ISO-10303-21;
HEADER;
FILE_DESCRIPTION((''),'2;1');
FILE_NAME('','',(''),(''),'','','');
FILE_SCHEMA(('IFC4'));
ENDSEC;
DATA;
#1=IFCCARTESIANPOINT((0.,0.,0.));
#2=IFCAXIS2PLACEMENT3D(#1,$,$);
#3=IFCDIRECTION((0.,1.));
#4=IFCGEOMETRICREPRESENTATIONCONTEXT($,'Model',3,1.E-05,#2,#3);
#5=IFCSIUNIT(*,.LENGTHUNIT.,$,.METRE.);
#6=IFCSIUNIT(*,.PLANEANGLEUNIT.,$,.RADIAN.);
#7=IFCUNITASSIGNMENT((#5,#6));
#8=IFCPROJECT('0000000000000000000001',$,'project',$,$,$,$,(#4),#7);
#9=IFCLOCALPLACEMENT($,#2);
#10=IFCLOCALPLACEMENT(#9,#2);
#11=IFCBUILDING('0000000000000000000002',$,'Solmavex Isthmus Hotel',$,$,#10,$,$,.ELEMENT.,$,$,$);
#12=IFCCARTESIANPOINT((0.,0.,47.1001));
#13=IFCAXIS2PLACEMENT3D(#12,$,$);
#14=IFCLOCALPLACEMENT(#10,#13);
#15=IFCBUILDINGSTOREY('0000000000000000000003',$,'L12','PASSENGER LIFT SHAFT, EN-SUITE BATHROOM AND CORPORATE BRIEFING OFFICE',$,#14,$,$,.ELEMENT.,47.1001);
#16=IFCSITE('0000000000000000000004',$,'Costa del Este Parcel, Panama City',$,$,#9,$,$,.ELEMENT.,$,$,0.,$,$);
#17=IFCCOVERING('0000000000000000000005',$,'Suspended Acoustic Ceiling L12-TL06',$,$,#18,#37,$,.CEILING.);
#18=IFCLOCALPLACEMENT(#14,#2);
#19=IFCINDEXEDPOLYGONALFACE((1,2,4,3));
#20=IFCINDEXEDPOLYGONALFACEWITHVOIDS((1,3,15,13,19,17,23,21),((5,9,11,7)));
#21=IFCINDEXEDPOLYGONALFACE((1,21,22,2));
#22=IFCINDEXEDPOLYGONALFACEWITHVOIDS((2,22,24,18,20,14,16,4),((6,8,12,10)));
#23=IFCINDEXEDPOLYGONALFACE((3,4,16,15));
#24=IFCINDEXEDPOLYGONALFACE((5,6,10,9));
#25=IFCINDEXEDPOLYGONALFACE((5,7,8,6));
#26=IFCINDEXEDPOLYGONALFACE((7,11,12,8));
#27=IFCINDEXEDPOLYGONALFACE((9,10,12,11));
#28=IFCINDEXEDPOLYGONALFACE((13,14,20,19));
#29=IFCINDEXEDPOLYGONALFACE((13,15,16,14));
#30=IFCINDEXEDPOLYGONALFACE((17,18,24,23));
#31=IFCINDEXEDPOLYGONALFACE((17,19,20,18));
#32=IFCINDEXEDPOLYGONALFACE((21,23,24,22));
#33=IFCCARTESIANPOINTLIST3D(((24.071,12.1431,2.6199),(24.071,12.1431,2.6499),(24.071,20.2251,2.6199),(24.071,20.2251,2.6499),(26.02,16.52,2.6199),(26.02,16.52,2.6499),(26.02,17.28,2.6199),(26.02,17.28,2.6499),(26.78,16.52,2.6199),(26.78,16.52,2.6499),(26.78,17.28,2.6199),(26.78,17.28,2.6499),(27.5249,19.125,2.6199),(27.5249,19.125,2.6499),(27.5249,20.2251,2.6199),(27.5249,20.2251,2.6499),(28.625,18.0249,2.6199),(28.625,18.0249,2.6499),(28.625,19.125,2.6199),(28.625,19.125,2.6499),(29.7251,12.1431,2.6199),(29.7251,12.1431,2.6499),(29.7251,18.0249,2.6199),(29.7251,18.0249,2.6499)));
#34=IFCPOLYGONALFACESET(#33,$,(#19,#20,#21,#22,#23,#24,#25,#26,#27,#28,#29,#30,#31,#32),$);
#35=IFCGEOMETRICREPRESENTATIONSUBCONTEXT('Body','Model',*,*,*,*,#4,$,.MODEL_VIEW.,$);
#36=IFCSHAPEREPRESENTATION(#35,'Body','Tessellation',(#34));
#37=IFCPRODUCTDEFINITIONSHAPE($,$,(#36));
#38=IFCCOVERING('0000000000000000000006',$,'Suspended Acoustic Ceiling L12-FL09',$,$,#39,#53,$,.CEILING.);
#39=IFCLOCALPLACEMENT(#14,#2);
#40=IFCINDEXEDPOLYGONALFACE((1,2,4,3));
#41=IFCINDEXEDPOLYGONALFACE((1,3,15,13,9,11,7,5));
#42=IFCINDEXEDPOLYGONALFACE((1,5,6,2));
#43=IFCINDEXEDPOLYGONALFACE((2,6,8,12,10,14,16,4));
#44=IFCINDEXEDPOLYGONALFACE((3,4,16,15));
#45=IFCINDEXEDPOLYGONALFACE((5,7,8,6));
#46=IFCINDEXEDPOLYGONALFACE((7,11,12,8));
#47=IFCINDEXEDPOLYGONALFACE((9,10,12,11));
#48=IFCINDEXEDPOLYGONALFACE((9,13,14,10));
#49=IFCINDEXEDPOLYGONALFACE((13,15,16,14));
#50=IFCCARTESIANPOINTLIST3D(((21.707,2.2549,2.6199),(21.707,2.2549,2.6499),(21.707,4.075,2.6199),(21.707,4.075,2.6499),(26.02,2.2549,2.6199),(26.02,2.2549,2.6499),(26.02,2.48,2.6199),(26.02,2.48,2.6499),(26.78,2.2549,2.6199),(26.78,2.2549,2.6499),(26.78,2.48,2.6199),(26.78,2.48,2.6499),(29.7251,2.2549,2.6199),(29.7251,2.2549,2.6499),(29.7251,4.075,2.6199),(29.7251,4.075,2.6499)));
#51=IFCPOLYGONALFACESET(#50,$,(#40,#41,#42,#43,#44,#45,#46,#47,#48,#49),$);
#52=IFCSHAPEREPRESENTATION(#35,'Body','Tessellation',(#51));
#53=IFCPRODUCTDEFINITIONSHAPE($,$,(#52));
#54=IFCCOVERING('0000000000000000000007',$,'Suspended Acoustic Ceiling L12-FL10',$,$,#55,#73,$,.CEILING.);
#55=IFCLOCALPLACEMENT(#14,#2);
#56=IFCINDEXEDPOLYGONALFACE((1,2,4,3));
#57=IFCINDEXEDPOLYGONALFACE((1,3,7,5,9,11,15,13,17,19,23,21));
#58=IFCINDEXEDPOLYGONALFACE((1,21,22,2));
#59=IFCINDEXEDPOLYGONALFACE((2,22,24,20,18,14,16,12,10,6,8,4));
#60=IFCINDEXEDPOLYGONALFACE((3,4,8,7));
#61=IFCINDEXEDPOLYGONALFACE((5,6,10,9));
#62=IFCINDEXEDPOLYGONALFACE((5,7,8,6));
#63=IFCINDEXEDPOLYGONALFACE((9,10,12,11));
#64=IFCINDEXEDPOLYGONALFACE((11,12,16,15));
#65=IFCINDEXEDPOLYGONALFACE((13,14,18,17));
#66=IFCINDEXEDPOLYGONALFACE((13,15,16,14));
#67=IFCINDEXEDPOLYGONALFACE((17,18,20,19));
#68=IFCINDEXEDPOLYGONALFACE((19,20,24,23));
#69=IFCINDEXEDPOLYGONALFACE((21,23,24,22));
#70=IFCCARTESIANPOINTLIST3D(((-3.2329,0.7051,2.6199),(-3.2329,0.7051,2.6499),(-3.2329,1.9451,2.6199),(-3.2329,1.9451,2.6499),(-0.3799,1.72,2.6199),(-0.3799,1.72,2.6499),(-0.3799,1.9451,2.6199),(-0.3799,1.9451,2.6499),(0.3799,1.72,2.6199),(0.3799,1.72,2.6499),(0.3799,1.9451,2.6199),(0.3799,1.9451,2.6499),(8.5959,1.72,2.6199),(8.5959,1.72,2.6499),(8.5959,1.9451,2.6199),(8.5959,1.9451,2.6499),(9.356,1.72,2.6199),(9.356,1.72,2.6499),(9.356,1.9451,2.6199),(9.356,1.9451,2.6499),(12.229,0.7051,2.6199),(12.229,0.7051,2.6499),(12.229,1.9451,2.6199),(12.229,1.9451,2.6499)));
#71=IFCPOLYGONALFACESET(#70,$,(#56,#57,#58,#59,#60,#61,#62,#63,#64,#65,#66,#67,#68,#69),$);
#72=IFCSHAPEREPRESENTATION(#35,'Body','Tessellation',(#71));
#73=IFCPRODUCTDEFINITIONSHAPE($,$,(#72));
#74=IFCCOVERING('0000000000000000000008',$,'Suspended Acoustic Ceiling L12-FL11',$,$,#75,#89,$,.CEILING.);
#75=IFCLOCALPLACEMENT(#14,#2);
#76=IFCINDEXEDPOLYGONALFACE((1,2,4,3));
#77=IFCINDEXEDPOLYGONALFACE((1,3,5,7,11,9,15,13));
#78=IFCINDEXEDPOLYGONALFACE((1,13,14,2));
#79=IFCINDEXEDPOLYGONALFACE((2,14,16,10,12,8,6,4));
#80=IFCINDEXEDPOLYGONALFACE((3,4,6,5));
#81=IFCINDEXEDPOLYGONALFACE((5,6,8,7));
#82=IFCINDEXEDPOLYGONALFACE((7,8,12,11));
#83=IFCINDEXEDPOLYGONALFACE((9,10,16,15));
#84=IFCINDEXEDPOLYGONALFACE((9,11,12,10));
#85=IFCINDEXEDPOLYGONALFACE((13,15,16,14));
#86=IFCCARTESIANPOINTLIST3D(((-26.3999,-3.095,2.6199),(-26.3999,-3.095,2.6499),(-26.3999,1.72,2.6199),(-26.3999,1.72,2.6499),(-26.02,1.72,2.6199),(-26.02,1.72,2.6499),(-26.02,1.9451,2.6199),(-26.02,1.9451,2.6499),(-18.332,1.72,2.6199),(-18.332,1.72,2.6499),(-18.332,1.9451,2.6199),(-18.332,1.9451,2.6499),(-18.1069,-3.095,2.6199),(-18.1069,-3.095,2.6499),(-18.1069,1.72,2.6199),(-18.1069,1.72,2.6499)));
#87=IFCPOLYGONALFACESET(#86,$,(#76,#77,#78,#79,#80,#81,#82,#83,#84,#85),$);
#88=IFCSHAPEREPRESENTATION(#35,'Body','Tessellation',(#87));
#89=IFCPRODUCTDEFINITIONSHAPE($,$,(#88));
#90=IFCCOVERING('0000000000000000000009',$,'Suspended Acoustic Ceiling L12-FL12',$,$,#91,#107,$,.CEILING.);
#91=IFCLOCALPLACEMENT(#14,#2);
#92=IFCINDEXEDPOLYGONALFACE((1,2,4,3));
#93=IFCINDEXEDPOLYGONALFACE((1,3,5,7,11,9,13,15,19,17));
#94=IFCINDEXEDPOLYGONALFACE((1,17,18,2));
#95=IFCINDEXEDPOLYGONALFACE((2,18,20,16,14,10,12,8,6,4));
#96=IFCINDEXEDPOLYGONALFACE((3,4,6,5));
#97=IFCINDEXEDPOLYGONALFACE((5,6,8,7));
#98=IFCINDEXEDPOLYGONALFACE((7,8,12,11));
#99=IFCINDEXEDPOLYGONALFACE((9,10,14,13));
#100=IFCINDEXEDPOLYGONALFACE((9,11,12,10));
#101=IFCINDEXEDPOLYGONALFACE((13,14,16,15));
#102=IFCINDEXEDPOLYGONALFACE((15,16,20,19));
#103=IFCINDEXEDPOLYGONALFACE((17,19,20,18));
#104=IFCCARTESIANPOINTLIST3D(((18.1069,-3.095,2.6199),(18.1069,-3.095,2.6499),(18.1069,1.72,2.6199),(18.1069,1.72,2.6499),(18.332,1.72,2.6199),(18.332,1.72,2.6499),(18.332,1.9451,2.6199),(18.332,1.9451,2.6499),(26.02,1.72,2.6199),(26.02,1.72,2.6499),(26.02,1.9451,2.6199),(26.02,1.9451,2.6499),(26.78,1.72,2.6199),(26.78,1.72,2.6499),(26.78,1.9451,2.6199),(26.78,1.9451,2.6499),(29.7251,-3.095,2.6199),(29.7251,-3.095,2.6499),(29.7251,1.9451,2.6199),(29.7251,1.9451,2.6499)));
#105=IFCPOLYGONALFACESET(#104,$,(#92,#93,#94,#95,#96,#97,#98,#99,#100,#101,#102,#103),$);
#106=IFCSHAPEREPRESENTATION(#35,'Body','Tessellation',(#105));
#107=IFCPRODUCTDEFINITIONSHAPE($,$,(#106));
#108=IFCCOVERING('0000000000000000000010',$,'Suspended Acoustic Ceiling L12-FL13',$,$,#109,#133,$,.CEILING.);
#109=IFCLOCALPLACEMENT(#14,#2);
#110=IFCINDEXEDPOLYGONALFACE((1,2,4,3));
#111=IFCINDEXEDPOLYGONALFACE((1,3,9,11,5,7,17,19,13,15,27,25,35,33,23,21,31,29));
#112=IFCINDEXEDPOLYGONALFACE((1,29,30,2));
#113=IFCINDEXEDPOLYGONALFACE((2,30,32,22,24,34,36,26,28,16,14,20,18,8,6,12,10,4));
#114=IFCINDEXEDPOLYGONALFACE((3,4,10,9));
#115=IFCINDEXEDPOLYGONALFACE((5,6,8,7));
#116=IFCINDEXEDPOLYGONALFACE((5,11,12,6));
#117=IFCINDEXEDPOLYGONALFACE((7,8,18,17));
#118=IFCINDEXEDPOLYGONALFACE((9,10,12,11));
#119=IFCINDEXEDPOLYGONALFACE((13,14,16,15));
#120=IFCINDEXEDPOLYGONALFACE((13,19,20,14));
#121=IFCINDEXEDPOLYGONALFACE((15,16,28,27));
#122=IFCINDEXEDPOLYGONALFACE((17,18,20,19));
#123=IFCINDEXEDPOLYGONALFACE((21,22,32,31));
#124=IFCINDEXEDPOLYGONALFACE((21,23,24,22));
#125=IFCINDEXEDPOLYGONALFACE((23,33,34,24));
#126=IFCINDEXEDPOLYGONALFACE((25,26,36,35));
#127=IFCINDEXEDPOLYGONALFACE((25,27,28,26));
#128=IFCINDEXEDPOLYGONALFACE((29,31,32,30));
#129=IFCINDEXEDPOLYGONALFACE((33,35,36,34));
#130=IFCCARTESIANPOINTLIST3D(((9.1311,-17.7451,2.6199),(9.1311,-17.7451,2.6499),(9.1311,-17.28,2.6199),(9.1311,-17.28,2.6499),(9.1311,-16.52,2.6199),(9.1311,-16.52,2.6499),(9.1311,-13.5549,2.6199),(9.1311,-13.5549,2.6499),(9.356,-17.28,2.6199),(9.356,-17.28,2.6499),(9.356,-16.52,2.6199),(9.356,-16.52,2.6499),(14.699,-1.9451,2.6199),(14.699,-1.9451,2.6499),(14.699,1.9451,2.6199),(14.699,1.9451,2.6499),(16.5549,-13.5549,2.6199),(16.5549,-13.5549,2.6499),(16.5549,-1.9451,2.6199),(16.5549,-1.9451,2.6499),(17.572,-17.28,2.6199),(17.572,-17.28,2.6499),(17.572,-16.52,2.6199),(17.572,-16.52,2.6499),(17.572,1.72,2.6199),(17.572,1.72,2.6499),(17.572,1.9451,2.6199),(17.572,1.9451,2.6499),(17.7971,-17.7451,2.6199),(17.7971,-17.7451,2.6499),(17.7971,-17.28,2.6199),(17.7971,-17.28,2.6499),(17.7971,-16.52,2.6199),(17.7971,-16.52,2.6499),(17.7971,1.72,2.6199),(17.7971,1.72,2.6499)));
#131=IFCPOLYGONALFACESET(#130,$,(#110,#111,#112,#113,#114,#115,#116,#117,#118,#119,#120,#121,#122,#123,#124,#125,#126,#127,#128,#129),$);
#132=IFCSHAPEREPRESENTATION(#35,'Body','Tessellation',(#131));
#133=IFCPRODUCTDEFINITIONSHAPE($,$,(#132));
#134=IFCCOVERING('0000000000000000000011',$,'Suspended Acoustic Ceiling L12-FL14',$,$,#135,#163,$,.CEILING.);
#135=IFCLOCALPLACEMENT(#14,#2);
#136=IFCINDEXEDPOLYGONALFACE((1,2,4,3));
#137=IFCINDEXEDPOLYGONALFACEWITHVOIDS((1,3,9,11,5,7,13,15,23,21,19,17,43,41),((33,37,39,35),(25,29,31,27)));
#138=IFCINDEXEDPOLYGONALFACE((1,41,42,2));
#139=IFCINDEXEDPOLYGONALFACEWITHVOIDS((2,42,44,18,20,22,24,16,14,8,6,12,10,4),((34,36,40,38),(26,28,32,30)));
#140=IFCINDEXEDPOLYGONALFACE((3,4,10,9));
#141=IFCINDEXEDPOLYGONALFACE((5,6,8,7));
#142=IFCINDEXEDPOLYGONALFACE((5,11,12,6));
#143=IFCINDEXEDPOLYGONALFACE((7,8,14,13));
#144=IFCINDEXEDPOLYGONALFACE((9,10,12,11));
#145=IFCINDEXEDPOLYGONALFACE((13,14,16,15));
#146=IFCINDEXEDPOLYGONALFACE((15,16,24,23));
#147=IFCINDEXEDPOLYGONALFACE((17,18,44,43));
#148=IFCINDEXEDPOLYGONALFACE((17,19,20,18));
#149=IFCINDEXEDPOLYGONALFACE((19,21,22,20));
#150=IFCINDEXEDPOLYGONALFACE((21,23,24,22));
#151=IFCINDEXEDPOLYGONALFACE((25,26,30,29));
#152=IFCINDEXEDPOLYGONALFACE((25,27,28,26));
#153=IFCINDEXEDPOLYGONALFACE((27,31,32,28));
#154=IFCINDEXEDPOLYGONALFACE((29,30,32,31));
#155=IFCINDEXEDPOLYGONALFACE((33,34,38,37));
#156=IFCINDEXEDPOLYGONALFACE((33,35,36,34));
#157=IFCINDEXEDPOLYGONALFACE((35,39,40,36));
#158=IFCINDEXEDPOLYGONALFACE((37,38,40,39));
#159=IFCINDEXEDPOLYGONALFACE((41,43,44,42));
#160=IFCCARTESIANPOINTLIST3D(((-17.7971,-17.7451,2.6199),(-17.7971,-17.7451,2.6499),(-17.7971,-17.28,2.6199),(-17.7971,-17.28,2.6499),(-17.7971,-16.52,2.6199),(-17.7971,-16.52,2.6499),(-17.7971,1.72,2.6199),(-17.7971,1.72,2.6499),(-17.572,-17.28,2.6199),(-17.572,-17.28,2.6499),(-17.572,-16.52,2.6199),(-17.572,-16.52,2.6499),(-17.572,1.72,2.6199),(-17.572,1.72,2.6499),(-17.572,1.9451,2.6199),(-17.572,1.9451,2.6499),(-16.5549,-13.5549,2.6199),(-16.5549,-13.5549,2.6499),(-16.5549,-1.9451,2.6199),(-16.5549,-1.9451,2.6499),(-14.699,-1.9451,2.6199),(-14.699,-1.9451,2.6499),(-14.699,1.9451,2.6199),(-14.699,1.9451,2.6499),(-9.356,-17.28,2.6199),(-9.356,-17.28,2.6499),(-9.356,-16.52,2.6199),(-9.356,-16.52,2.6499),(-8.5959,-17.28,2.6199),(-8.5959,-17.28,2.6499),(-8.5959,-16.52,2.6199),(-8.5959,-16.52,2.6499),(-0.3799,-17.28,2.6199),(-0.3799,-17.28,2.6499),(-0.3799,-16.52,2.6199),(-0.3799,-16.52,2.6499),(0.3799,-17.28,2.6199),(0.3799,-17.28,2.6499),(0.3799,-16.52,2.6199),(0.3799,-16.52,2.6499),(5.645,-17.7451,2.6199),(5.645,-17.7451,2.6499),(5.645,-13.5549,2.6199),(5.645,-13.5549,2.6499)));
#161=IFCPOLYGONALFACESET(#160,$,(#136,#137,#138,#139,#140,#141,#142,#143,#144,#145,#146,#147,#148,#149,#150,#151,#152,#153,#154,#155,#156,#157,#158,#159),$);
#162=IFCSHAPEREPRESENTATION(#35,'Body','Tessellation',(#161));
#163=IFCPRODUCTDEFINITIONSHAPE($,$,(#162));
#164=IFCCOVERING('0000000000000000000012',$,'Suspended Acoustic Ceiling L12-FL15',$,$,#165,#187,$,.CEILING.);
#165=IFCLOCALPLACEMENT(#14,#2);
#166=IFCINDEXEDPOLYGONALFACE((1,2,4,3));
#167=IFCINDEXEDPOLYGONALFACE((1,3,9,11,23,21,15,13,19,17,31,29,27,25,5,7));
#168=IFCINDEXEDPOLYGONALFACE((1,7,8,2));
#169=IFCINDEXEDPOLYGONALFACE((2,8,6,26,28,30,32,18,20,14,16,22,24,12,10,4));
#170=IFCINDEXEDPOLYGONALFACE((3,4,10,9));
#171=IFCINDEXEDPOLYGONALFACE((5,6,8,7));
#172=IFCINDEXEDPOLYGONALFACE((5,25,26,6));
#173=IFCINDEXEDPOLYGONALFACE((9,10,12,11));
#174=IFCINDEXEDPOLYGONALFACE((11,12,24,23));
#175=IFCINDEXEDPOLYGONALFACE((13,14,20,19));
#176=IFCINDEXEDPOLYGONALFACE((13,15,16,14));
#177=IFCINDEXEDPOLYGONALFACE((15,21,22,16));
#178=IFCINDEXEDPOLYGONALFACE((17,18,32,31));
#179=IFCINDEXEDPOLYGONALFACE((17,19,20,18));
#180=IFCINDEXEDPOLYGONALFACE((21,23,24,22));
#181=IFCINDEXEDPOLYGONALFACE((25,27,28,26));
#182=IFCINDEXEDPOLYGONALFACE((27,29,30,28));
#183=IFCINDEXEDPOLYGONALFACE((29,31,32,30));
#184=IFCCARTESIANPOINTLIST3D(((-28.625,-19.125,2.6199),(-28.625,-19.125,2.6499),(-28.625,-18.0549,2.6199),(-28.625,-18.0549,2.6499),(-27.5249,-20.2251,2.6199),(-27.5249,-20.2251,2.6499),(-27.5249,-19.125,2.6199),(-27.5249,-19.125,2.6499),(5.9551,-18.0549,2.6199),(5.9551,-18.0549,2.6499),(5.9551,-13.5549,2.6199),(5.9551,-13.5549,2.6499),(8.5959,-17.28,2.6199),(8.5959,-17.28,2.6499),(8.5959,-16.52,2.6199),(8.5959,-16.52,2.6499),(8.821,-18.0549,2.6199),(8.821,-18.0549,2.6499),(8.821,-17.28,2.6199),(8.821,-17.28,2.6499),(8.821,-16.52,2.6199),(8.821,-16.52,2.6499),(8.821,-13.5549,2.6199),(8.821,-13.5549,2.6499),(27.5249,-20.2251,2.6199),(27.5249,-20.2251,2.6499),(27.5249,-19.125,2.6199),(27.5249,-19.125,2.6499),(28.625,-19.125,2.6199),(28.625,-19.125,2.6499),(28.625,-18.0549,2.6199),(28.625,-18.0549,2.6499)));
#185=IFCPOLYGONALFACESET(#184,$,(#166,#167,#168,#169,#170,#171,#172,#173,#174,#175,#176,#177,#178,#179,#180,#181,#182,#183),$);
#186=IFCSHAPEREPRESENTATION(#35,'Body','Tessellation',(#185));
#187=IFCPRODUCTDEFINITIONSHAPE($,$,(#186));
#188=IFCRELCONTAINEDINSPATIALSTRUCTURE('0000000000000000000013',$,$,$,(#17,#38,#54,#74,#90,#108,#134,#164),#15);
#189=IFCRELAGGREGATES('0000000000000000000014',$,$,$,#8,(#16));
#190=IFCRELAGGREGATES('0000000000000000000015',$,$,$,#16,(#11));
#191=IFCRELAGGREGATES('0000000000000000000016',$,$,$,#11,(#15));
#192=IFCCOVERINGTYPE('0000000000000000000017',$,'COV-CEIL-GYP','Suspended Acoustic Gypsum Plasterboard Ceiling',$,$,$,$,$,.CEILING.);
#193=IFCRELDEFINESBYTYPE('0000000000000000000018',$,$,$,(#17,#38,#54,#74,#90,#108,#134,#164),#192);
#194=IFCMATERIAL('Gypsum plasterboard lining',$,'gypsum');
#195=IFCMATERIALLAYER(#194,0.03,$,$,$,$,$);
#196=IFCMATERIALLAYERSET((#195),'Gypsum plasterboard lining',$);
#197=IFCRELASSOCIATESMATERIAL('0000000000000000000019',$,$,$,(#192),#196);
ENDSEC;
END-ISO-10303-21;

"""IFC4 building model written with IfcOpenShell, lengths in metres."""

from ifc_helpers import new_model, si_unit, direction, frame, origin, place, context, subcontext, project, spatial, polyline, outline, extrude, material, layer, layer_set, type_object, element, save


model = new_model("IFC4")

# Units and contexts
model_context = context("Model", 3, precision=1e-05, world=origin(), true_north=direction((0.0, 1.0)))
body_context = subcontext(model_context, "Body", "Model", "MODEL_VIEW")
ifc_project = project(units=[si_unit("LENGTHUNIT", "METRE"), si_unit("PLANEANGLEUNIT", "RADIAN")], contexts=[model_context])

# Site, building, storey
site_placement = place(None, origin())
site = spatial("IfcSite", under=ifc_project, at=site_placement, Name="Costa del Este Parcel, Panama City", CompositionType="ELEMENT", RefElevation=0.0)
building_placement = place(site_placement, origin())
building = spatial("IfcBuilding", under=site, at=building_placement, Name="Solmavex Isthmus Hotel", CompositionType="ELEMENT")
storey_placement = place(building_placement, frame((0.0, 0.0, 47.1001)))
storey = spatial("IfcBuildingStorey", under=building, at=storey_placement, Name="L12", Description="PASSENGER LIFT SHAFT, EN-SUITE BATHROOM AND CORPORATE BRIEFING OFFICE", CompositionType="ELEMENT", Elevation=47.1001)

# Shared definitions
ifc_material_1 = material(Name="Gypsum plasterboard lining", Category="gypsum")

# Coverings
ifc_layer_1 = layer(ifc_material_1, 0.03)
ifc_layer_set_1 = layer_set([ifc_layer_1], Name="Gypsum plasterboard lining")
covering_type_1 = type_object("IfcCoveringType", Name="COV-CEIL-GYP", Description="Suspended Acoustic Gypsum Plasterboard Ceiling", PredefinedType="CEILING", material=ifc_layer_set_1)
covering_1_placement = place(storey_placement, frame((0.0, 0.0, 2.6199)))
element("IfcCovering", 1, at=covering_1_placement, inside=storey, type_object=covering_type_1, Name="Suspended Acoustic Ceiling L12-TL06", PredefinedType="CEILING", context=body_context, shape_type="SweptSolid", body=[
    extrude(outline(polyline([(27.5249, 19.125), (27.5249, 20.2251), (24.071, 20.2251), (24.071, 12.1431), (29.7251, 12.1431), (29.7251, 18.0249), (28.625, 18.0249), (28.625, 19.125), (27.5249, 19.125)]), holes=[polyline([(26.02, 16.52), (26.02, 17.28), (26.78, 17.28), (26.78, 16.52), (26.02, 16.52)])]), origin(), (0.0, 0.0, 1.0), 0.03),
])
covering_2_placement = place(storey_placement, frame((0.0, 0.0, 2.6199)))
element("IfcCovering", 2, at=covering_2_placement, inside=storey, type_object=covering_type_1, Name="Suspended Acoustic Ceiling L12-FL09", PredefinedType="CEILING", context=body_context, shape_type="SweptSolid", body=[
    extrude(outline(polyline([(26.02, 2.2549), (26.02, 2.48), (26.78, 2.48), (26.78, 2.2549), (29.7251, 2.2549), (29.7251, 4.075), (21.707, 4.075), (21.707, 2.2549), (26.02, 2.2549)])), origin(), (0.0, 0.0, 1.0), 0.03),
])
covering_3_placement = place(storey_placement, frame((0.0, 0.0, 2.6199)))
element("IfcCovering", 3, at=covering_3_placement, inside=storey, type_object=covering_type_1, Name="Suspended Acoustic Ceiling L12-FL10", PredefinedType="CEILING", context=body_context, shape_type="SweptSolid", body=[
    extrude(outline(polyline([(0.3799, 1.9451), (0.3799, 1.72), (-0.3799, 1.72), (-0.3799, 1.9451), (-3.2329, 1.9451), (-3.2329, 0.7051), (12.229, 0.7051), (12.229, 1.9451), (9.356, 1.9451), (9.356, 1.72), (8.5959, 1.72), (8.5959, 1.9451), (0.3799, 1.9451)])), origin(), (0.0, 0.0, 1.0), 0.03),
])
covering_4_placement = place(storey_placement, frame((0.0, 0.0, 2.6199)))
element("IfcCovering", 4, at=covering_4_placement, inside=storey, type_object=covering_type_1, Name="Suspended Acoustic Ceiling L12-FL11", PredefinedType="CEILING", context=body_context, shape_type="SweptSolid", body=[
    extrude(outline(polyline([(-26.02, 1.9451), (-26.02, 1.72), (-26.3999, 1.72), (-26.3999, -3.095), (-18.1069, -3.095), (-18.1069, 1.72), (-18.332, 1.72), (-18.332, 1.9451), (-26.02, 1.9451)])), origin(), (0.0, 0.0, 1.0), 0.03),
])
covering_5_placement = place(storey_placement, frame((0.0, 0.0, 2.6199)))
element("IfcCovering", 5, at=covering_5_placement, inside=storey, type_object=covering_type_1, Name="Suspended Acoustic Ceiling L12-FL12", PredefinedType="CEILING", context=body_context, shape_type="SweptSolid", body=[
    extrude(outline(polyline([(26.78, 1.9451), (26.78, 1.72), (26.02, 1.72), (26.02, 1.9451), (18.332, 1.9451), (18.332, 1.72), (18.1069, 1.72), (18.1069, -3.095), (29.7251, -3.095), (29.7251, 1.9451), (26.78, 1.9451)])), origin(), (0.0, 0.0, 1.0), 0.03),
])
covering_6_placement = place(storey_placement, frame((0.0, 0.0, 2.6199)))
element("IfcCovering", 6, at=covering_6_placement, inside=storey, type_object=covering_type_1, Name="Suspended Acoustic Ceiling L12-FL13", PredefinedType="CEILING", context=body_context, shape_type="SweptSolid", body=[
    extrude(outline(polyline([(17.7971, 1.72), (17.572, 1.72), (17.572, 1.9451), (14.699, 1.9451), (14.699, -1.9451), (16.5549, -1.9451), (16.5549, -13.5549), (9.1311, -13.5549), (9.1311, -16.52), (9.356, -16.52), (9.356, -17.28), (9.1311, -17.28), (9.1311, -17.7451), (17.7971, -17.7451), (17.7971, -17.28), (17.572, -17.28), (17.572, -16.52), (17.7971, -16.52), (17.7971, 1.72)])), origin(), (0.0, 0.0, 1.0), 0.03),
])
covering_7_placement = place(storey_placement, frame((0.0, 0.0, 2.6199)))
element("IfcCovering", 7, at=covering_7_placement, inside=storey, type_object=covering_type_1, Name="Suspended Acoustic Ceiling L12-FL14", PredefinedType="CEILING", context=body_context, shape_type="SweptSolid", body=[
    extrude(outline(polyline([(-17.7971, -16.52), (-17.572, -16.52), (-17.572, -17.28), (-17.7971, -17.28), (-17.7971, -17.7451), (5.645, -17.7451), (5.645, -13.5549), (-16.5549, -13.5549), (-16.5549, -1.9451), (-14.699, -1.9451), (-14.699, 1.9451), (-17.572, 1.9451), (-17.572, 1.72), (-17.7971, 1.72), (-17.7971, -16.52)]), holes=[polyline([(-0.3799, -17.28), (-0.3799, -16.52), (0.3799, -16.52), (0.3799, -17.28), (-0.3799, -17.28)]), polyline([(-9.356, -17.28), (-9.356, -16.52), (-8.5959, -16.52), (-8.5959, -17.28), (-9.356, -17.28)])]), origin(), (0.0, 0.0, 1.0), 0.03),
])
covering_8_placement = place(storey_placement, frame((0.0, 0.0, 2.6199)))
element("IfcCovering", 8, at=covering_8_placement, inside=storey, type_object=covering_type_1, Name="Suspended Acoustic Ceiling L12-FL15", PredefinedType="CEILING", context=body_context, shape_type="SweptSolid", body=[
    extrude(outline(polyline([(-28.625, -18.0549), (-28.625, -19.125), (-27.5249, -19.125), (-27.5249, -20.2251), (27.5249, -20.2251), (27.5249, -19.125), (28.625, -19.125), (28.625, -18.0549), (8.821, -18.0549), (8.821, -17.28), (8.5959, -17.28), (8.5959, -16.52), (8.821, -16.52), (8.821, -13.5549), (5.9551, -13.5549), (5.9551, -18.0549), (-28.625, -18.0549)])), origin(), (0.0, 0.0, 1.0), 0.03),
])

save(model, "model.ifc")
